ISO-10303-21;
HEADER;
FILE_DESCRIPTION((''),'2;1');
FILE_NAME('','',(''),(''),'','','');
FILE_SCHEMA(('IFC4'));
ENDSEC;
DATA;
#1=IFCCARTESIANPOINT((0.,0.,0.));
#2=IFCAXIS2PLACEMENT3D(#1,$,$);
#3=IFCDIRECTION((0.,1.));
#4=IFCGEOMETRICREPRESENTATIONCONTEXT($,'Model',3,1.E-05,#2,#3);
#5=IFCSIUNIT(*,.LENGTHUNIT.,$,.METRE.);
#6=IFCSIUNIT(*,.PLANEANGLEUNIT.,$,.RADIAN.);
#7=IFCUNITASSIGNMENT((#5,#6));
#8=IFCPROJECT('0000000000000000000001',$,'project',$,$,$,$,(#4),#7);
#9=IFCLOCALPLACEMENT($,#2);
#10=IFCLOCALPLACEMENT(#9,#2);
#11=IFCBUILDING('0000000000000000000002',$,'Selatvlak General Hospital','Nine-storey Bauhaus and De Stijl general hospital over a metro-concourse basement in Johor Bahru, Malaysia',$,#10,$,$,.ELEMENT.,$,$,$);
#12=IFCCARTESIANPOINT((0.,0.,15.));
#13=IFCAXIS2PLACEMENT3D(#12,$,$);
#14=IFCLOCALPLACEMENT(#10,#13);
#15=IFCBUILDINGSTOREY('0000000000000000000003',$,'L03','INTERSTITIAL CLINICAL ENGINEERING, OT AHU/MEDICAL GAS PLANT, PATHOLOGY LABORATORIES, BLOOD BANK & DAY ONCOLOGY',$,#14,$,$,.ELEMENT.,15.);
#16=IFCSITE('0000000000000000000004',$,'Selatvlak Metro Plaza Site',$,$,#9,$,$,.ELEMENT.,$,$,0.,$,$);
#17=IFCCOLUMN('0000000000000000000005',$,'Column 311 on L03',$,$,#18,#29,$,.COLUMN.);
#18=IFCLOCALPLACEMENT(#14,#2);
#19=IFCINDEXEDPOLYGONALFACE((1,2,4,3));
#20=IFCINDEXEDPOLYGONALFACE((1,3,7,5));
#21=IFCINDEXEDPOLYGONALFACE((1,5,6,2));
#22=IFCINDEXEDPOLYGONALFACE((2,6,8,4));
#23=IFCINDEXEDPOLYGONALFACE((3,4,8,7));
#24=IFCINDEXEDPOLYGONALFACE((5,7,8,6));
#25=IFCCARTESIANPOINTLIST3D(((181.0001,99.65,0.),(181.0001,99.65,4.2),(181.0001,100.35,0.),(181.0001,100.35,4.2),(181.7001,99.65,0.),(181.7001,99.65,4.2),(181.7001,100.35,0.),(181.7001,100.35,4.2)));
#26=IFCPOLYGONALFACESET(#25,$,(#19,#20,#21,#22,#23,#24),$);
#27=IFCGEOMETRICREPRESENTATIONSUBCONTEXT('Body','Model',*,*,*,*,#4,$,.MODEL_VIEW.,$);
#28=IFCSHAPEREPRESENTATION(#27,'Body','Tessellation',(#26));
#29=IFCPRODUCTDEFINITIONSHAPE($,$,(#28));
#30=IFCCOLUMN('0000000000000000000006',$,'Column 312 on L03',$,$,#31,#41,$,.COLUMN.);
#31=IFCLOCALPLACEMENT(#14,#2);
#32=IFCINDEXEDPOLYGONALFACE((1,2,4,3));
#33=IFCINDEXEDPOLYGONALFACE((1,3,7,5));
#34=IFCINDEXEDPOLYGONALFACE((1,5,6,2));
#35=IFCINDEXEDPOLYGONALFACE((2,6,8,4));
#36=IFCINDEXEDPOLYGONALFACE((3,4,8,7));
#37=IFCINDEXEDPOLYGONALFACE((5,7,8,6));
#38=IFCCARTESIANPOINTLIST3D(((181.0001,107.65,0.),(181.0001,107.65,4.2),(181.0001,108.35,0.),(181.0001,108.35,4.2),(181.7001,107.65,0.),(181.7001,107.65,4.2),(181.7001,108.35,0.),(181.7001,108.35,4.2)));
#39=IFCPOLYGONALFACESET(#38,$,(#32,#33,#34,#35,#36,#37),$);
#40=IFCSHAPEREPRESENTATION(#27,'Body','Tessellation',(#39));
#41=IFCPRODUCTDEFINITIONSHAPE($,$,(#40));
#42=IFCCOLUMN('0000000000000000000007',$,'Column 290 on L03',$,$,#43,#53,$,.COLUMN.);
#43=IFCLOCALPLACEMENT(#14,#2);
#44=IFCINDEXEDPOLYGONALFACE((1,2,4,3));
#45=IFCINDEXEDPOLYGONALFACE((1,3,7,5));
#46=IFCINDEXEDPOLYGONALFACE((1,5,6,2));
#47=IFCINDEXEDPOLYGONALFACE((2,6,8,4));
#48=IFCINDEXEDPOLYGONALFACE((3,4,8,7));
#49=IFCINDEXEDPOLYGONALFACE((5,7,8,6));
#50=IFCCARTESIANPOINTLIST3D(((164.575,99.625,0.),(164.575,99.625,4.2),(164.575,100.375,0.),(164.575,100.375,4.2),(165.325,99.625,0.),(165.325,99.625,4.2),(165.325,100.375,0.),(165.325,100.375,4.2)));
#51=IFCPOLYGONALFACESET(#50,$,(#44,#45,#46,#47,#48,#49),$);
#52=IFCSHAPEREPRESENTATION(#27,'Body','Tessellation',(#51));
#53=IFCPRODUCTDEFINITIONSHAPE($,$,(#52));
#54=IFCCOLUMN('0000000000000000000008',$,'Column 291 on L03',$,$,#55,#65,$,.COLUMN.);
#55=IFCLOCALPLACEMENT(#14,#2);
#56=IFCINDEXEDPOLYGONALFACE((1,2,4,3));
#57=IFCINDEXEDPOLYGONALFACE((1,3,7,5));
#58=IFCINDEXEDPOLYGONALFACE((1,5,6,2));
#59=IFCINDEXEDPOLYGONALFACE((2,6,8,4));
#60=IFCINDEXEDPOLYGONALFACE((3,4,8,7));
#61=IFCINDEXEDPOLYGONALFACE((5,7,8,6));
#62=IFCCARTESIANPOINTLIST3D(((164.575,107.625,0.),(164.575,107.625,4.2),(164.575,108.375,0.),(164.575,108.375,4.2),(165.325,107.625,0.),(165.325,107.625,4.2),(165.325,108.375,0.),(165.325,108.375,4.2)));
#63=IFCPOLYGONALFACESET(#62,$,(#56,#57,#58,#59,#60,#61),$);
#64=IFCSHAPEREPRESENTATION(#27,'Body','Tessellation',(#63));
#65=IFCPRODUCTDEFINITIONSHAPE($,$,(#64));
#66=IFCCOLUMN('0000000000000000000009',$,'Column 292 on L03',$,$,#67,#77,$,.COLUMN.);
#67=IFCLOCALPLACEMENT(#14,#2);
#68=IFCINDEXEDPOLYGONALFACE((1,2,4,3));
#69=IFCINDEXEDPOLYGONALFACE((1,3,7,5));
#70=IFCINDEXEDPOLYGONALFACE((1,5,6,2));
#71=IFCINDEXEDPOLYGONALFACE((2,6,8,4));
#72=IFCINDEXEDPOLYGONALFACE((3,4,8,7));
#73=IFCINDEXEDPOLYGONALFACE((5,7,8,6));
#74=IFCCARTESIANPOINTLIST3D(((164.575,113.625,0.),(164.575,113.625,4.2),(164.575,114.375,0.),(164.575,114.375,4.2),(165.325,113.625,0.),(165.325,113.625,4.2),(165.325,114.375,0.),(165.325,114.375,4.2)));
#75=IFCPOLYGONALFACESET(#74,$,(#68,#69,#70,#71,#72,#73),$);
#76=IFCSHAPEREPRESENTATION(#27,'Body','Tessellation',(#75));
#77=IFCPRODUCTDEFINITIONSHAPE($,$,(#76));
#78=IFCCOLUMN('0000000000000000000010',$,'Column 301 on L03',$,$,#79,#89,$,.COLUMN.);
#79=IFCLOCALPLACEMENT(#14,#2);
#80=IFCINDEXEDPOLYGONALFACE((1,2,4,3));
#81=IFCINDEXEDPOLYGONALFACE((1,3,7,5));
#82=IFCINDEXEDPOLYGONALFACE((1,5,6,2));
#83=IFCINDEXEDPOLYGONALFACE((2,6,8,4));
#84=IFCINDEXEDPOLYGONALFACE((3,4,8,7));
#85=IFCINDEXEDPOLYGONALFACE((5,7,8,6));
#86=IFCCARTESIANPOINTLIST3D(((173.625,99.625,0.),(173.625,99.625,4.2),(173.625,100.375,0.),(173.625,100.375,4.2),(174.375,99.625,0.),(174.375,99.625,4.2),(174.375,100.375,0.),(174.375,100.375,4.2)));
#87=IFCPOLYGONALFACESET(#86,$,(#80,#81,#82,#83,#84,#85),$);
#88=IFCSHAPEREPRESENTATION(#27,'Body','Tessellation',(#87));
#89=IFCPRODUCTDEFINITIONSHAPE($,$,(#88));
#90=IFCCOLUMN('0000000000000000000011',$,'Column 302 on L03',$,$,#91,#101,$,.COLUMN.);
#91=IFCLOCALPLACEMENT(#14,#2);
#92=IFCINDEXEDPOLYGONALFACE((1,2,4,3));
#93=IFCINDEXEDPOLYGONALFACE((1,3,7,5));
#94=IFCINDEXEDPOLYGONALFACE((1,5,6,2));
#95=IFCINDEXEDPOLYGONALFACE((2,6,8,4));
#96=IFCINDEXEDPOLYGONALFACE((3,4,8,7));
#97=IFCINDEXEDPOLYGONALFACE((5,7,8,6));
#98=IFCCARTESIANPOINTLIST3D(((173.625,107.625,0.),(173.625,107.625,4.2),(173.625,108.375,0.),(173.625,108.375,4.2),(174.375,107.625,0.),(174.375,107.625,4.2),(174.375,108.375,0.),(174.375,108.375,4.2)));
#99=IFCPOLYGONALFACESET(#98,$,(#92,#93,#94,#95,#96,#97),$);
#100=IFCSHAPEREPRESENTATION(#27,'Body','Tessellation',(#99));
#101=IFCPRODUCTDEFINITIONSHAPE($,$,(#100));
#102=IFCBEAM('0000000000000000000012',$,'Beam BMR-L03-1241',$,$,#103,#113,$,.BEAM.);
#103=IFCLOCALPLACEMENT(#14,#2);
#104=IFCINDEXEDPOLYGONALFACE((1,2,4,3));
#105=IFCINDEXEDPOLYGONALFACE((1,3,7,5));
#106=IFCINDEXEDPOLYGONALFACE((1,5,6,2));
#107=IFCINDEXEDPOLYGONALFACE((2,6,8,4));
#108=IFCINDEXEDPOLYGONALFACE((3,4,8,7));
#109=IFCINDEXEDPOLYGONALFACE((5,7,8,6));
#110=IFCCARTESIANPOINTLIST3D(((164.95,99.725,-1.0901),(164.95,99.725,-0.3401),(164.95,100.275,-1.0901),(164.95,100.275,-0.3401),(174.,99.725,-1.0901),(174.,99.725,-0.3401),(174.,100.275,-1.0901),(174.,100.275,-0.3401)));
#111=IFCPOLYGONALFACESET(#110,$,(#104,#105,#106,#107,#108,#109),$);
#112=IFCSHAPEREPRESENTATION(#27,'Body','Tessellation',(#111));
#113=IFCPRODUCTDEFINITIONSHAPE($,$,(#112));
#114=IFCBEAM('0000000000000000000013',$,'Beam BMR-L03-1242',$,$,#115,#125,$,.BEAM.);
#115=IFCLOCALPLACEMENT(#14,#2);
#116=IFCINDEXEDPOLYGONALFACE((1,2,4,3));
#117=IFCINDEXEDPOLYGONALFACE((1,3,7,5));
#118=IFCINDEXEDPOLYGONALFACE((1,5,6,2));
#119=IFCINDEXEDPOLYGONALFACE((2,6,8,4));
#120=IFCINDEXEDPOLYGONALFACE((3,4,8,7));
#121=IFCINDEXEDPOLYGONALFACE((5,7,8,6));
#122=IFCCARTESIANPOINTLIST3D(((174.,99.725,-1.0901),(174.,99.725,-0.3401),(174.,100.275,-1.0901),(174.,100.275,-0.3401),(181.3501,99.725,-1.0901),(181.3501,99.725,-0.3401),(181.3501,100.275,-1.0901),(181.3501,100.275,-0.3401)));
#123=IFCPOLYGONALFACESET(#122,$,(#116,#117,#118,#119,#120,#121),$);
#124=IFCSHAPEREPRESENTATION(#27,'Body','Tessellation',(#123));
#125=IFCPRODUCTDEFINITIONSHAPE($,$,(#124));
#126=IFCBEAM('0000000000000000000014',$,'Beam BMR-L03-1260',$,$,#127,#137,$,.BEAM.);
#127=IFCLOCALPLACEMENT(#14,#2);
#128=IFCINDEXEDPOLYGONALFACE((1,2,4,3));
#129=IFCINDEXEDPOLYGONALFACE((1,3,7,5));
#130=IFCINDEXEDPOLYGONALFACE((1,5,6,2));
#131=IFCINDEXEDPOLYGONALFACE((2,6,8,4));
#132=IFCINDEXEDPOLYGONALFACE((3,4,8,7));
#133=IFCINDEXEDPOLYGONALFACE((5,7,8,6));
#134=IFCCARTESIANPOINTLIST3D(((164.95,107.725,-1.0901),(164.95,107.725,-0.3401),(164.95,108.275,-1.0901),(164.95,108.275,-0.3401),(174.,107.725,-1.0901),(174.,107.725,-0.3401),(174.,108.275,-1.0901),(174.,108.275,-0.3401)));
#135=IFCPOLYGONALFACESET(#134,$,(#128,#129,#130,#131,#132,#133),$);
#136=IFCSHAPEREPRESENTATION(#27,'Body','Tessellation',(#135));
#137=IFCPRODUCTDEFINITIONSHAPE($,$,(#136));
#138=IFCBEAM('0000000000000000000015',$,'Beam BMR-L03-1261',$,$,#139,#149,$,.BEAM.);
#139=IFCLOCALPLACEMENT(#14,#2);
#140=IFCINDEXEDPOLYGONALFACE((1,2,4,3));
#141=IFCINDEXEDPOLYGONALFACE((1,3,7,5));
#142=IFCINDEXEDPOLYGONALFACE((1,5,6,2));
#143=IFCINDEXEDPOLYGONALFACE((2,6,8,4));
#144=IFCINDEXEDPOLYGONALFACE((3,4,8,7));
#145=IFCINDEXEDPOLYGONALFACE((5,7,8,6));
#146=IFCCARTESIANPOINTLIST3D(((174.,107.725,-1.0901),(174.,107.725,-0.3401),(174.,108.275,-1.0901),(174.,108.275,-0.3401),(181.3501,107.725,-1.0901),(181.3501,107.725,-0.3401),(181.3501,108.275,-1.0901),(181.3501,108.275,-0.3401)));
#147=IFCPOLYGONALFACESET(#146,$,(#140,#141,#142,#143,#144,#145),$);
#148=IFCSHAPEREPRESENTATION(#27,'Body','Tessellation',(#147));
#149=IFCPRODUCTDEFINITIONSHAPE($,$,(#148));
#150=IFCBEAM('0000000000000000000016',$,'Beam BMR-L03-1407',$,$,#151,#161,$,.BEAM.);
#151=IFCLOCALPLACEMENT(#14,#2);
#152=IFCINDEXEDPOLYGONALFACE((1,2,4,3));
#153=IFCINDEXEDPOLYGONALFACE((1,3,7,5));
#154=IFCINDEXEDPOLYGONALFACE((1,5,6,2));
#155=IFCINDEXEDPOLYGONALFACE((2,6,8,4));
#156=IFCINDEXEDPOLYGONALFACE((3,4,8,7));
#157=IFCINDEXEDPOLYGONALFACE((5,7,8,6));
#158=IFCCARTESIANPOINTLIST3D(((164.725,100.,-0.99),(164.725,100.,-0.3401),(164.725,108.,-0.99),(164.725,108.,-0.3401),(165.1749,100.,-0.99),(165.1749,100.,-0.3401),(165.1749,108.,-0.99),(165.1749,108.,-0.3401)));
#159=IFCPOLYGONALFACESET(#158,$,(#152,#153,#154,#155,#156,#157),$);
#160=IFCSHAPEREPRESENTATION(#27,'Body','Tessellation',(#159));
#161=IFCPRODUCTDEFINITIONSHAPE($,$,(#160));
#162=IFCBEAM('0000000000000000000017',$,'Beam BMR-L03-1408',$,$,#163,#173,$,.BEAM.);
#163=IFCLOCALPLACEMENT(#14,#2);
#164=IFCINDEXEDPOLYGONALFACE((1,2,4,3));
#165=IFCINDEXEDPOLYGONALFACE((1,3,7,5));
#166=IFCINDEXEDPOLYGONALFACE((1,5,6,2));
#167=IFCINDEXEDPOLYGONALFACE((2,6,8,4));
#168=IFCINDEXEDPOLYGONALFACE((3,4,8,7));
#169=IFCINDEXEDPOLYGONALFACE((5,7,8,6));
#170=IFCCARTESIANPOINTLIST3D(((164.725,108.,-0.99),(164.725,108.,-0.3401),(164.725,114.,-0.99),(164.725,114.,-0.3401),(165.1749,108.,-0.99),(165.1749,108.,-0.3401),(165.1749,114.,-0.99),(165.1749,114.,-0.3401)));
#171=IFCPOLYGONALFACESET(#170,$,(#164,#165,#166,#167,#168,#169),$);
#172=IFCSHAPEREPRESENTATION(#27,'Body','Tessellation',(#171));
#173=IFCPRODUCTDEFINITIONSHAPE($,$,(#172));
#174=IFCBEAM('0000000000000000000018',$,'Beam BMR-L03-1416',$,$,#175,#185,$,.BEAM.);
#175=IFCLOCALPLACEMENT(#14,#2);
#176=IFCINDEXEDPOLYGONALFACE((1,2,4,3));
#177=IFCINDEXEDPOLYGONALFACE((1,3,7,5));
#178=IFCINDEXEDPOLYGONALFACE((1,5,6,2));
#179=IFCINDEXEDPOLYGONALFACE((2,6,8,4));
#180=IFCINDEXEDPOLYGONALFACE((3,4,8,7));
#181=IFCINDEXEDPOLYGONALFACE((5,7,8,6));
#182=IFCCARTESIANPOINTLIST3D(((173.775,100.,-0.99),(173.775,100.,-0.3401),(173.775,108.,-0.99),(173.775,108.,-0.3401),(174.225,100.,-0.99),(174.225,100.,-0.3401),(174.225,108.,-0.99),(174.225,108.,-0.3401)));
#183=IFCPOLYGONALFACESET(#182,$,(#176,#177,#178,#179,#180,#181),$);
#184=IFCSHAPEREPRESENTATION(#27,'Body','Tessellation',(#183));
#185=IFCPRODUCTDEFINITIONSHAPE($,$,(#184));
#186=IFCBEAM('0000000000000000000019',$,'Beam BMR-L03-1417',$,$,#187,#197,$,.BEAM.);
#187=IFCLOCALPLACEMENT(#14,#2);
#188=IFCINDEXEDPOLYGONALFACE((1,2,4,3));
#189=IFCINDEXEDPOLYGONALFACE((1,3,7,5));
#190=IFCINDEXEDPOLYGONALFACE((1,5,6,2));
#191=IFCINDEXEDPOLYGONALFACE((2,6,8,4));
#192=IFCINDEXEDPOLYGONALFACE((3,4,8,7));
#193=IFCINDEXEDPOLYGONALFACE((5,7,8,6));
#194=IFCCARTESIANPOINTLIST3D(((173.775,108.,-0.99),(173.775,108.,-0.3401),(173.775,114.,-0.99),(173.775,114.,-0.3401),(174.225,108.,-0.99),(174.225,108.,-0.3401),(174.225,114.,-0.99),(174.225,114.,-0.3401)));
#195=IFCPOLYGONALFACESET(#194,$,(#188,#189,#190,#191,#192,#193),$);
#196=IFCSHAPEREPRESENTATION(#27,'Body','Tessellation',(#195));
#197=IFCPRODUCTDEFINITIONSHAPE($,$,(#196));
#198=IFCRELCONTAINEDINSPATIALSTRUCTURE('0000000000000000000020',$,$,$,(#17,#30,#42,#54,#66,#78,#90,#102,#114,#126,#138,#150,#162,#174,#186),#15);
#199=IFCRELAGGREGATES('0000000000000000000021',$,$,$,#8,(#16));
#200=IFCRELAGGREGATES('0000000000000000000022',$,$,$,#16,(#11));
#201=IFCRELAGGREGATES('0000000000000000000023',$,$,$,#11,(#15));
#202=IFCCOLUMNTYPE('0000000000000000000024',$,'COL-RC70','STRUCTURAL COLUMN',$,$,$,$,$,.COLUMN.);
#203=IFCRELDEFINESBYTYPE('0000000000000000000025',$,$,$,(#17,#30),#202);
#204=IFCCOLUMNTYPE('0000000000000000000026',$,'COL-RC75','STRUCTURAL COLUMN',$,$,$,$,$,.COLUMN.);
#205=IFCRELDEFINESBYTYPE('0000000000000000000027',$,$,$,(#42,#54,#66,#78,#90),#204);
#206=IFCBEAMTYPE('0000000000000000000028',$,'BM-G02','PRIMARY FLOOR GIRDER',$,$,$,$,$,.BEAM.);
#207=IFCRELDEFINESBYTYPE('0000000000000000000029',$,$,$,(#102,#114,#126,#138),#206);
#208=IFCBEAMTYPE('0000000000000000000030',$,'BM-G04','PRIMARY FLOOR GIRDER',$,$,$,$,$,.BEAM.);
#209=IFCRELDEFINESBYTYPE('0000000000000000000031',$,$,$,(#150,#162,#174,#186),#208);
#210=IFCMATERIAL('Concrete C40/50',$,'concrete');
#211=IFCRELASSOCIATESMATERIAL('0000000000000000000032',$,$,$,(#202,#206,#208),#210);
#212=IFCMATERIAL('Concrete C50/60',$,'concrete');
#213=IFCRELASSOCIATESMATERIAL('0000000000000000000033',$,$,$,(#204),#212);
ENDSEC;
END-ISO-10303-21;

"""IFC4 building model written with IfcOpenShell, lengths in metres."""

from ifc_helpers import new_model, si_unit, direction, frame, origin, origin_2d, place, context, subcontext, project, spatial, rectangle, extrude, material, material_profile, profile_set, type_object, element, save


model = new_model("IFC4")

# Units and contexts
model_context = context("Model", 3, precision=1e-05, world=origin(), true_north=direction((0.0, 1.0)))
body_context = subcontext(model_context, "Body", "Model", "MODEL_VIEW")
ifc_project = project(units=[si_unit("LENGTHUNIT", "METRE"), si_unit("PLANEANGLEUNIT", "RADIAN")], contexts=[model_context])

# Site, building, storey
site_placement = place(None, origin())
site = spatial("IfcSite", under=ifc_project, at=site_placement, Name="Selatvlak Metro Plaza Site", CompositionType="ELEMENT", RefElevation=0.0)
building_placement = place(site_placement, origin())
building = spatial("IfcBuilding", under=site, at=building_placement, Name="Selatvlak General Hospital", Description="Nine-storey Bauhaus and De Stijl general hospital over a metro-concourse basement in Johor Bahru, Malaysia", CompositionType="ELEMENT")
storey_placement = place(building_placement, frame((0.0, 0.0, 15.0)))
storey = spatial("IfcBuildingStorey", under=building, at=storey_placement, Name="L03", Description="INTERSTITIAL CLINICAL ENGINEERING, OT AHU/MEDICAL GAS PLANT, PATHOLOGY LABORATORIES, BLOOD BANK & DAY ONCOLOGY", CompositionType="ELEMENT", Elevation=15.0)

# Columns
ifc_material_1 = material(Name="Concrete C40/50", Category="concrete")
ifc_material_profile_1 = material_profile(ifc_material_1, rectangle(XDim=0.7, YDim=0.7, at=origin_2d()), Name="RC-COL 700x700")
ifc_profile_set_1 = profile_set([ifc_material_profile_1], Name="Concrete C40/50")
column_type_1 = type_object("IfcColumnType", Name="COL-RC70", Description="STRUCTURAL COLUMN", PredefinedType="COLUMN", material=ifc_profile_set_1)
for number, where, z_axis, x_axis, name in (
    (1, (181.3501, 100.0, 0.0), (0.0, 0.0, 1.0), (1.0, 0.0, 0.0), "Column 311 on L03"),
    (2, (181.3501, 108.0, 0.0), (0.0, 0.0, 1.0), (1.0, 0.0, 0.0), "Column 312 on L03"),
):
    element("IfcColumn", number, at=place(storey_placement, frame(where, z_axis=z_axis, x_axis=x_axis)), inside=storey, type_object=column_type_1, Name=name, PredefinedType="COLUMN", context=body_context, shape_type="SweptSolid", body=[
        extrude(rectangle(XDim=0.7, YDim=0.7, at=origin_2d()), origin(), (0.0, 0.0, 1.0), 4.2),
    ])
ifc_material_2 = material(Name="Concrete C50/60", Category="concrete")
ifc_material_profile_2 = material_profile(ifc_material_2, rectangle(XDim=0.75, YDim=0.75, at=origin_2d()), Name="RC-COL 750x750")
ifc_profile_set_2 = profile_set([ifc_material_profile_2], Name="Concrete C50/60")
column_type_2 = type_object("IfcColumnType", Name="COL-RC75", Description="STRUCTURAL COLUMN", PredefinedType="COLUMN", material=ifc_profile_set_2)
for number, where, z_axis, x_axis, name in (
    (3, (164.95, 100.0, 0.0), (0.0, 0.0, 1.0), (1.0, 0.0, 0.0), "Column 290 on L03"),
    (4, (164.95, 108.0, 0.0), (0.0, 0.0, 1.0), (1.0, 0.0, 0.0), "Column 291 on L03"),
    (5, (164.95, 114.0, 0.0), (0.0, 0.0, 1.0), (1.0, 0.0, 0.0), "Column 292 on L03"),
    (6, (174.0, 100.0, 0.0), (0.0, 0.0, 1.0), (1.0, 0.0, 0.0), "Column 301 on L03"),
    (7, (174.0, 108.0, 0.0), (0.0, 0.0, 1.0), (1.0, 0.0, 0.0), "Column 302 on L03"),
):
    element("IfcColumn", number, at=place(storey_placement, frame(where, z_axis=z_axis, x_axis=x_axis)), inside=storey, type_object=column_type_2, Name=name, PredefinedType="COLUMN", context=body_context, shape_type="SweptSolid", body=[
        extrude(rectangle(XDim=0.75, YDim=0.75, at=origin_2d()), origin(), (0.0, 0.0, 1.0), 4.2),
    ])

# Beams
ifc_material_profile_3 = material_profile(ifc_material_1, rectangle(XDim=0.55, YDim=0.75, at=origin_2d()), Name="RC-BM 550x750")
ifc_profile_set_3 = profile_set([ifc_material_profile_3], Name="Concrete C40/50")
beam_type_1 = type_object("IfcBeamType", Name="BM-G02", Description="PRIMARY FLOOR GIRDER", PredefinedType="BEAM", material=ifc_profile_set_3)
beam_1_placement = place(storey_placement, frame((164.95, 100.0, -0.7151), z_axis=(1.0, 0.0, 0.0), x_axis=(0.0, 1.0, 0.0)))
element("IfcBeam", 8, at=beam_1_placement, inside=storey, type_object=beam_type_1, Name="Beam BMR-L03-1241", PredefinedType="BEAM", context=body_context, shape_type="SweptSolid", body=[
    extrude(rectangle(XDim=0.55, YDim=0.75, at=origin_2d()), origin(), (0.0, 0.0, 1.0), 9.05),
])
beam_2_placement = place(storey_placement, frame((174.0, 100.0, -0.7151), z_axis=(1.0, 0.0, 0.0), x_axis=(0.0, 1.0, 0.0)))
element("IfcBeam", 9, at=beam_2_placement, inside=storey, type_object=beam_type_1, Name="Beam BMR-L03-1242", PredefinedType="BEAM", context=body_context, shape_type="SweptSolid", body=[
    extrude(rectangle(XDim=0.55, YDim=0.75, at=origin_2d()), origin(), (0.0, 0.0, 1.0), 7.3501),
])
beam_3_placement = place(storey_placement, frame((164.95, 108.0, -0.7151), z_axis=(1.0, 0.0, 0.0), x_axis=(0.0, 1.0, 0.0)))
element("IfcBeam", 10, at=beam_3_placement, inside=storey, type_object=beam_type_1, Name="Beam BMR-L03-1260", PredefinedType="BEAM", context=body_context, shape_type="SweptSolid", body=[
    extrude(rectangle(XDim=0.55, YDim=0.75, at=origin_2d()), origin(), (0.0, 0.0, 1.0), 9.05),
])
beam_4_placement = place(storey_placement, frame((174.0, 108.0, -0.7151), z_axis=(1.0, 0.0, 0.0), x_axis=(0.0, 1.0, 0.0)))
element("IfcBeam", 11, at=beam_4_placement, inside=storey, type_object=beam_type_1, Name="Beam BMR-L03-1261", PredefinedType="BEAM", context=body_context, shape_type="SweptSolid", body=[
    extrude(rectangle(XDim=0.55, YDim=0.75, at=origin_2d()), origin(), (0.0, 0.0, 1.0), 7.3501),
])
ifc_material_profile_4 = material_profile(ifc_material_1, rectangle(XDim=0.45, YDim=0.6499, at=origin_2d()), Name="RC-BM 450x650")
ifc_profile_set_4 = profile_set([ifc_material_profile_4], Name="Concrete C40/50")
beam_type_2 = type_object("IfcBeamType", Name="BM-G04", Description="PRIMARY FLOOR GIRDER", PredefinedType="BEAM", material=ifc_profile_set_4)
beam_5_placement = place(storey_placement, frame((164.95, 100.0, -0.665), z_axis=(0.0, 1.0, 0.0), x_axis=(-1.0, 0.0, 0.0)))
element("IfcBeam", 12, at=beam_5_placement, inside=storey, type_object=beam_type_2, Name="Beam BMR-L03-1407", PredefinedType="BEAM", context=body_context, shape_type="SweptSolid", body=[
    extrude(rectangle(XDim=0.45, YDim=0.6499, at=origin_2d()), origin(), (0.0, 0.0, 1.0), 8.0),
])
beam_6_placement = place(storey_placement, frame((164.95, 108.0, -0.665), z_axis=(0.0, 1.0, 0.0), x_axis=(-1.0, 0.0, 0.0)))
element("IfcBeam", 13, at=beam_6_placement, inside=storey, type_object=beam_type_2, Name="Beam BMR-L03-1408", PredefinedType="BEAM", context=body_context, shape_type="SweptSolid", body=[
    extrude(rectangle(XDim=0.45, YDim=0.6499, at=origin_2d()), origin(), (0.0, 0.0, 1.0), 6.0),
])
beam_7_placement = place(storey_placement, frame((174.0, 100.0, -0.665), z_axis=(0.0, 1.0, 0.0), x_axis=(-1.0, 0.0, 0.0)))
element("IfcBeam", 14, at=beam_7_placement, inside=storey, type_object=beam_type_2, Name="Beam BMR-L03-1416", PredefinedType="BEAM", context=body_context, shape_type="SweptSolid", body=[
    extrude(rectangle(XDim=0.45, YDim=0.6499, at=origin_2d()), origin(), (0.0, 0.0, 1.0), 8.0),
])
beam_8_placement = place(storey_placement, frame((174.0, 108.0, -0.665), z_axis=(0.0, 1.0, 0.0), x_axis=(-1.0, 0.0, 0.0)))
element("IfcBeam", 15, at=beam_8_placement, inside=storey, type_object=beam_type_2, Name="Beam BMR-L03-1417", PredefinedType="BEAM", context=body_context, shape_type="SweptSolid", body=[
    extrude(rectangle(XDim=0.45, YDim=0.6499, at=origin_2d()), origin(), (0.0, 0.0, 1.0), 6.0),
])

save(model, "model.ifc")
